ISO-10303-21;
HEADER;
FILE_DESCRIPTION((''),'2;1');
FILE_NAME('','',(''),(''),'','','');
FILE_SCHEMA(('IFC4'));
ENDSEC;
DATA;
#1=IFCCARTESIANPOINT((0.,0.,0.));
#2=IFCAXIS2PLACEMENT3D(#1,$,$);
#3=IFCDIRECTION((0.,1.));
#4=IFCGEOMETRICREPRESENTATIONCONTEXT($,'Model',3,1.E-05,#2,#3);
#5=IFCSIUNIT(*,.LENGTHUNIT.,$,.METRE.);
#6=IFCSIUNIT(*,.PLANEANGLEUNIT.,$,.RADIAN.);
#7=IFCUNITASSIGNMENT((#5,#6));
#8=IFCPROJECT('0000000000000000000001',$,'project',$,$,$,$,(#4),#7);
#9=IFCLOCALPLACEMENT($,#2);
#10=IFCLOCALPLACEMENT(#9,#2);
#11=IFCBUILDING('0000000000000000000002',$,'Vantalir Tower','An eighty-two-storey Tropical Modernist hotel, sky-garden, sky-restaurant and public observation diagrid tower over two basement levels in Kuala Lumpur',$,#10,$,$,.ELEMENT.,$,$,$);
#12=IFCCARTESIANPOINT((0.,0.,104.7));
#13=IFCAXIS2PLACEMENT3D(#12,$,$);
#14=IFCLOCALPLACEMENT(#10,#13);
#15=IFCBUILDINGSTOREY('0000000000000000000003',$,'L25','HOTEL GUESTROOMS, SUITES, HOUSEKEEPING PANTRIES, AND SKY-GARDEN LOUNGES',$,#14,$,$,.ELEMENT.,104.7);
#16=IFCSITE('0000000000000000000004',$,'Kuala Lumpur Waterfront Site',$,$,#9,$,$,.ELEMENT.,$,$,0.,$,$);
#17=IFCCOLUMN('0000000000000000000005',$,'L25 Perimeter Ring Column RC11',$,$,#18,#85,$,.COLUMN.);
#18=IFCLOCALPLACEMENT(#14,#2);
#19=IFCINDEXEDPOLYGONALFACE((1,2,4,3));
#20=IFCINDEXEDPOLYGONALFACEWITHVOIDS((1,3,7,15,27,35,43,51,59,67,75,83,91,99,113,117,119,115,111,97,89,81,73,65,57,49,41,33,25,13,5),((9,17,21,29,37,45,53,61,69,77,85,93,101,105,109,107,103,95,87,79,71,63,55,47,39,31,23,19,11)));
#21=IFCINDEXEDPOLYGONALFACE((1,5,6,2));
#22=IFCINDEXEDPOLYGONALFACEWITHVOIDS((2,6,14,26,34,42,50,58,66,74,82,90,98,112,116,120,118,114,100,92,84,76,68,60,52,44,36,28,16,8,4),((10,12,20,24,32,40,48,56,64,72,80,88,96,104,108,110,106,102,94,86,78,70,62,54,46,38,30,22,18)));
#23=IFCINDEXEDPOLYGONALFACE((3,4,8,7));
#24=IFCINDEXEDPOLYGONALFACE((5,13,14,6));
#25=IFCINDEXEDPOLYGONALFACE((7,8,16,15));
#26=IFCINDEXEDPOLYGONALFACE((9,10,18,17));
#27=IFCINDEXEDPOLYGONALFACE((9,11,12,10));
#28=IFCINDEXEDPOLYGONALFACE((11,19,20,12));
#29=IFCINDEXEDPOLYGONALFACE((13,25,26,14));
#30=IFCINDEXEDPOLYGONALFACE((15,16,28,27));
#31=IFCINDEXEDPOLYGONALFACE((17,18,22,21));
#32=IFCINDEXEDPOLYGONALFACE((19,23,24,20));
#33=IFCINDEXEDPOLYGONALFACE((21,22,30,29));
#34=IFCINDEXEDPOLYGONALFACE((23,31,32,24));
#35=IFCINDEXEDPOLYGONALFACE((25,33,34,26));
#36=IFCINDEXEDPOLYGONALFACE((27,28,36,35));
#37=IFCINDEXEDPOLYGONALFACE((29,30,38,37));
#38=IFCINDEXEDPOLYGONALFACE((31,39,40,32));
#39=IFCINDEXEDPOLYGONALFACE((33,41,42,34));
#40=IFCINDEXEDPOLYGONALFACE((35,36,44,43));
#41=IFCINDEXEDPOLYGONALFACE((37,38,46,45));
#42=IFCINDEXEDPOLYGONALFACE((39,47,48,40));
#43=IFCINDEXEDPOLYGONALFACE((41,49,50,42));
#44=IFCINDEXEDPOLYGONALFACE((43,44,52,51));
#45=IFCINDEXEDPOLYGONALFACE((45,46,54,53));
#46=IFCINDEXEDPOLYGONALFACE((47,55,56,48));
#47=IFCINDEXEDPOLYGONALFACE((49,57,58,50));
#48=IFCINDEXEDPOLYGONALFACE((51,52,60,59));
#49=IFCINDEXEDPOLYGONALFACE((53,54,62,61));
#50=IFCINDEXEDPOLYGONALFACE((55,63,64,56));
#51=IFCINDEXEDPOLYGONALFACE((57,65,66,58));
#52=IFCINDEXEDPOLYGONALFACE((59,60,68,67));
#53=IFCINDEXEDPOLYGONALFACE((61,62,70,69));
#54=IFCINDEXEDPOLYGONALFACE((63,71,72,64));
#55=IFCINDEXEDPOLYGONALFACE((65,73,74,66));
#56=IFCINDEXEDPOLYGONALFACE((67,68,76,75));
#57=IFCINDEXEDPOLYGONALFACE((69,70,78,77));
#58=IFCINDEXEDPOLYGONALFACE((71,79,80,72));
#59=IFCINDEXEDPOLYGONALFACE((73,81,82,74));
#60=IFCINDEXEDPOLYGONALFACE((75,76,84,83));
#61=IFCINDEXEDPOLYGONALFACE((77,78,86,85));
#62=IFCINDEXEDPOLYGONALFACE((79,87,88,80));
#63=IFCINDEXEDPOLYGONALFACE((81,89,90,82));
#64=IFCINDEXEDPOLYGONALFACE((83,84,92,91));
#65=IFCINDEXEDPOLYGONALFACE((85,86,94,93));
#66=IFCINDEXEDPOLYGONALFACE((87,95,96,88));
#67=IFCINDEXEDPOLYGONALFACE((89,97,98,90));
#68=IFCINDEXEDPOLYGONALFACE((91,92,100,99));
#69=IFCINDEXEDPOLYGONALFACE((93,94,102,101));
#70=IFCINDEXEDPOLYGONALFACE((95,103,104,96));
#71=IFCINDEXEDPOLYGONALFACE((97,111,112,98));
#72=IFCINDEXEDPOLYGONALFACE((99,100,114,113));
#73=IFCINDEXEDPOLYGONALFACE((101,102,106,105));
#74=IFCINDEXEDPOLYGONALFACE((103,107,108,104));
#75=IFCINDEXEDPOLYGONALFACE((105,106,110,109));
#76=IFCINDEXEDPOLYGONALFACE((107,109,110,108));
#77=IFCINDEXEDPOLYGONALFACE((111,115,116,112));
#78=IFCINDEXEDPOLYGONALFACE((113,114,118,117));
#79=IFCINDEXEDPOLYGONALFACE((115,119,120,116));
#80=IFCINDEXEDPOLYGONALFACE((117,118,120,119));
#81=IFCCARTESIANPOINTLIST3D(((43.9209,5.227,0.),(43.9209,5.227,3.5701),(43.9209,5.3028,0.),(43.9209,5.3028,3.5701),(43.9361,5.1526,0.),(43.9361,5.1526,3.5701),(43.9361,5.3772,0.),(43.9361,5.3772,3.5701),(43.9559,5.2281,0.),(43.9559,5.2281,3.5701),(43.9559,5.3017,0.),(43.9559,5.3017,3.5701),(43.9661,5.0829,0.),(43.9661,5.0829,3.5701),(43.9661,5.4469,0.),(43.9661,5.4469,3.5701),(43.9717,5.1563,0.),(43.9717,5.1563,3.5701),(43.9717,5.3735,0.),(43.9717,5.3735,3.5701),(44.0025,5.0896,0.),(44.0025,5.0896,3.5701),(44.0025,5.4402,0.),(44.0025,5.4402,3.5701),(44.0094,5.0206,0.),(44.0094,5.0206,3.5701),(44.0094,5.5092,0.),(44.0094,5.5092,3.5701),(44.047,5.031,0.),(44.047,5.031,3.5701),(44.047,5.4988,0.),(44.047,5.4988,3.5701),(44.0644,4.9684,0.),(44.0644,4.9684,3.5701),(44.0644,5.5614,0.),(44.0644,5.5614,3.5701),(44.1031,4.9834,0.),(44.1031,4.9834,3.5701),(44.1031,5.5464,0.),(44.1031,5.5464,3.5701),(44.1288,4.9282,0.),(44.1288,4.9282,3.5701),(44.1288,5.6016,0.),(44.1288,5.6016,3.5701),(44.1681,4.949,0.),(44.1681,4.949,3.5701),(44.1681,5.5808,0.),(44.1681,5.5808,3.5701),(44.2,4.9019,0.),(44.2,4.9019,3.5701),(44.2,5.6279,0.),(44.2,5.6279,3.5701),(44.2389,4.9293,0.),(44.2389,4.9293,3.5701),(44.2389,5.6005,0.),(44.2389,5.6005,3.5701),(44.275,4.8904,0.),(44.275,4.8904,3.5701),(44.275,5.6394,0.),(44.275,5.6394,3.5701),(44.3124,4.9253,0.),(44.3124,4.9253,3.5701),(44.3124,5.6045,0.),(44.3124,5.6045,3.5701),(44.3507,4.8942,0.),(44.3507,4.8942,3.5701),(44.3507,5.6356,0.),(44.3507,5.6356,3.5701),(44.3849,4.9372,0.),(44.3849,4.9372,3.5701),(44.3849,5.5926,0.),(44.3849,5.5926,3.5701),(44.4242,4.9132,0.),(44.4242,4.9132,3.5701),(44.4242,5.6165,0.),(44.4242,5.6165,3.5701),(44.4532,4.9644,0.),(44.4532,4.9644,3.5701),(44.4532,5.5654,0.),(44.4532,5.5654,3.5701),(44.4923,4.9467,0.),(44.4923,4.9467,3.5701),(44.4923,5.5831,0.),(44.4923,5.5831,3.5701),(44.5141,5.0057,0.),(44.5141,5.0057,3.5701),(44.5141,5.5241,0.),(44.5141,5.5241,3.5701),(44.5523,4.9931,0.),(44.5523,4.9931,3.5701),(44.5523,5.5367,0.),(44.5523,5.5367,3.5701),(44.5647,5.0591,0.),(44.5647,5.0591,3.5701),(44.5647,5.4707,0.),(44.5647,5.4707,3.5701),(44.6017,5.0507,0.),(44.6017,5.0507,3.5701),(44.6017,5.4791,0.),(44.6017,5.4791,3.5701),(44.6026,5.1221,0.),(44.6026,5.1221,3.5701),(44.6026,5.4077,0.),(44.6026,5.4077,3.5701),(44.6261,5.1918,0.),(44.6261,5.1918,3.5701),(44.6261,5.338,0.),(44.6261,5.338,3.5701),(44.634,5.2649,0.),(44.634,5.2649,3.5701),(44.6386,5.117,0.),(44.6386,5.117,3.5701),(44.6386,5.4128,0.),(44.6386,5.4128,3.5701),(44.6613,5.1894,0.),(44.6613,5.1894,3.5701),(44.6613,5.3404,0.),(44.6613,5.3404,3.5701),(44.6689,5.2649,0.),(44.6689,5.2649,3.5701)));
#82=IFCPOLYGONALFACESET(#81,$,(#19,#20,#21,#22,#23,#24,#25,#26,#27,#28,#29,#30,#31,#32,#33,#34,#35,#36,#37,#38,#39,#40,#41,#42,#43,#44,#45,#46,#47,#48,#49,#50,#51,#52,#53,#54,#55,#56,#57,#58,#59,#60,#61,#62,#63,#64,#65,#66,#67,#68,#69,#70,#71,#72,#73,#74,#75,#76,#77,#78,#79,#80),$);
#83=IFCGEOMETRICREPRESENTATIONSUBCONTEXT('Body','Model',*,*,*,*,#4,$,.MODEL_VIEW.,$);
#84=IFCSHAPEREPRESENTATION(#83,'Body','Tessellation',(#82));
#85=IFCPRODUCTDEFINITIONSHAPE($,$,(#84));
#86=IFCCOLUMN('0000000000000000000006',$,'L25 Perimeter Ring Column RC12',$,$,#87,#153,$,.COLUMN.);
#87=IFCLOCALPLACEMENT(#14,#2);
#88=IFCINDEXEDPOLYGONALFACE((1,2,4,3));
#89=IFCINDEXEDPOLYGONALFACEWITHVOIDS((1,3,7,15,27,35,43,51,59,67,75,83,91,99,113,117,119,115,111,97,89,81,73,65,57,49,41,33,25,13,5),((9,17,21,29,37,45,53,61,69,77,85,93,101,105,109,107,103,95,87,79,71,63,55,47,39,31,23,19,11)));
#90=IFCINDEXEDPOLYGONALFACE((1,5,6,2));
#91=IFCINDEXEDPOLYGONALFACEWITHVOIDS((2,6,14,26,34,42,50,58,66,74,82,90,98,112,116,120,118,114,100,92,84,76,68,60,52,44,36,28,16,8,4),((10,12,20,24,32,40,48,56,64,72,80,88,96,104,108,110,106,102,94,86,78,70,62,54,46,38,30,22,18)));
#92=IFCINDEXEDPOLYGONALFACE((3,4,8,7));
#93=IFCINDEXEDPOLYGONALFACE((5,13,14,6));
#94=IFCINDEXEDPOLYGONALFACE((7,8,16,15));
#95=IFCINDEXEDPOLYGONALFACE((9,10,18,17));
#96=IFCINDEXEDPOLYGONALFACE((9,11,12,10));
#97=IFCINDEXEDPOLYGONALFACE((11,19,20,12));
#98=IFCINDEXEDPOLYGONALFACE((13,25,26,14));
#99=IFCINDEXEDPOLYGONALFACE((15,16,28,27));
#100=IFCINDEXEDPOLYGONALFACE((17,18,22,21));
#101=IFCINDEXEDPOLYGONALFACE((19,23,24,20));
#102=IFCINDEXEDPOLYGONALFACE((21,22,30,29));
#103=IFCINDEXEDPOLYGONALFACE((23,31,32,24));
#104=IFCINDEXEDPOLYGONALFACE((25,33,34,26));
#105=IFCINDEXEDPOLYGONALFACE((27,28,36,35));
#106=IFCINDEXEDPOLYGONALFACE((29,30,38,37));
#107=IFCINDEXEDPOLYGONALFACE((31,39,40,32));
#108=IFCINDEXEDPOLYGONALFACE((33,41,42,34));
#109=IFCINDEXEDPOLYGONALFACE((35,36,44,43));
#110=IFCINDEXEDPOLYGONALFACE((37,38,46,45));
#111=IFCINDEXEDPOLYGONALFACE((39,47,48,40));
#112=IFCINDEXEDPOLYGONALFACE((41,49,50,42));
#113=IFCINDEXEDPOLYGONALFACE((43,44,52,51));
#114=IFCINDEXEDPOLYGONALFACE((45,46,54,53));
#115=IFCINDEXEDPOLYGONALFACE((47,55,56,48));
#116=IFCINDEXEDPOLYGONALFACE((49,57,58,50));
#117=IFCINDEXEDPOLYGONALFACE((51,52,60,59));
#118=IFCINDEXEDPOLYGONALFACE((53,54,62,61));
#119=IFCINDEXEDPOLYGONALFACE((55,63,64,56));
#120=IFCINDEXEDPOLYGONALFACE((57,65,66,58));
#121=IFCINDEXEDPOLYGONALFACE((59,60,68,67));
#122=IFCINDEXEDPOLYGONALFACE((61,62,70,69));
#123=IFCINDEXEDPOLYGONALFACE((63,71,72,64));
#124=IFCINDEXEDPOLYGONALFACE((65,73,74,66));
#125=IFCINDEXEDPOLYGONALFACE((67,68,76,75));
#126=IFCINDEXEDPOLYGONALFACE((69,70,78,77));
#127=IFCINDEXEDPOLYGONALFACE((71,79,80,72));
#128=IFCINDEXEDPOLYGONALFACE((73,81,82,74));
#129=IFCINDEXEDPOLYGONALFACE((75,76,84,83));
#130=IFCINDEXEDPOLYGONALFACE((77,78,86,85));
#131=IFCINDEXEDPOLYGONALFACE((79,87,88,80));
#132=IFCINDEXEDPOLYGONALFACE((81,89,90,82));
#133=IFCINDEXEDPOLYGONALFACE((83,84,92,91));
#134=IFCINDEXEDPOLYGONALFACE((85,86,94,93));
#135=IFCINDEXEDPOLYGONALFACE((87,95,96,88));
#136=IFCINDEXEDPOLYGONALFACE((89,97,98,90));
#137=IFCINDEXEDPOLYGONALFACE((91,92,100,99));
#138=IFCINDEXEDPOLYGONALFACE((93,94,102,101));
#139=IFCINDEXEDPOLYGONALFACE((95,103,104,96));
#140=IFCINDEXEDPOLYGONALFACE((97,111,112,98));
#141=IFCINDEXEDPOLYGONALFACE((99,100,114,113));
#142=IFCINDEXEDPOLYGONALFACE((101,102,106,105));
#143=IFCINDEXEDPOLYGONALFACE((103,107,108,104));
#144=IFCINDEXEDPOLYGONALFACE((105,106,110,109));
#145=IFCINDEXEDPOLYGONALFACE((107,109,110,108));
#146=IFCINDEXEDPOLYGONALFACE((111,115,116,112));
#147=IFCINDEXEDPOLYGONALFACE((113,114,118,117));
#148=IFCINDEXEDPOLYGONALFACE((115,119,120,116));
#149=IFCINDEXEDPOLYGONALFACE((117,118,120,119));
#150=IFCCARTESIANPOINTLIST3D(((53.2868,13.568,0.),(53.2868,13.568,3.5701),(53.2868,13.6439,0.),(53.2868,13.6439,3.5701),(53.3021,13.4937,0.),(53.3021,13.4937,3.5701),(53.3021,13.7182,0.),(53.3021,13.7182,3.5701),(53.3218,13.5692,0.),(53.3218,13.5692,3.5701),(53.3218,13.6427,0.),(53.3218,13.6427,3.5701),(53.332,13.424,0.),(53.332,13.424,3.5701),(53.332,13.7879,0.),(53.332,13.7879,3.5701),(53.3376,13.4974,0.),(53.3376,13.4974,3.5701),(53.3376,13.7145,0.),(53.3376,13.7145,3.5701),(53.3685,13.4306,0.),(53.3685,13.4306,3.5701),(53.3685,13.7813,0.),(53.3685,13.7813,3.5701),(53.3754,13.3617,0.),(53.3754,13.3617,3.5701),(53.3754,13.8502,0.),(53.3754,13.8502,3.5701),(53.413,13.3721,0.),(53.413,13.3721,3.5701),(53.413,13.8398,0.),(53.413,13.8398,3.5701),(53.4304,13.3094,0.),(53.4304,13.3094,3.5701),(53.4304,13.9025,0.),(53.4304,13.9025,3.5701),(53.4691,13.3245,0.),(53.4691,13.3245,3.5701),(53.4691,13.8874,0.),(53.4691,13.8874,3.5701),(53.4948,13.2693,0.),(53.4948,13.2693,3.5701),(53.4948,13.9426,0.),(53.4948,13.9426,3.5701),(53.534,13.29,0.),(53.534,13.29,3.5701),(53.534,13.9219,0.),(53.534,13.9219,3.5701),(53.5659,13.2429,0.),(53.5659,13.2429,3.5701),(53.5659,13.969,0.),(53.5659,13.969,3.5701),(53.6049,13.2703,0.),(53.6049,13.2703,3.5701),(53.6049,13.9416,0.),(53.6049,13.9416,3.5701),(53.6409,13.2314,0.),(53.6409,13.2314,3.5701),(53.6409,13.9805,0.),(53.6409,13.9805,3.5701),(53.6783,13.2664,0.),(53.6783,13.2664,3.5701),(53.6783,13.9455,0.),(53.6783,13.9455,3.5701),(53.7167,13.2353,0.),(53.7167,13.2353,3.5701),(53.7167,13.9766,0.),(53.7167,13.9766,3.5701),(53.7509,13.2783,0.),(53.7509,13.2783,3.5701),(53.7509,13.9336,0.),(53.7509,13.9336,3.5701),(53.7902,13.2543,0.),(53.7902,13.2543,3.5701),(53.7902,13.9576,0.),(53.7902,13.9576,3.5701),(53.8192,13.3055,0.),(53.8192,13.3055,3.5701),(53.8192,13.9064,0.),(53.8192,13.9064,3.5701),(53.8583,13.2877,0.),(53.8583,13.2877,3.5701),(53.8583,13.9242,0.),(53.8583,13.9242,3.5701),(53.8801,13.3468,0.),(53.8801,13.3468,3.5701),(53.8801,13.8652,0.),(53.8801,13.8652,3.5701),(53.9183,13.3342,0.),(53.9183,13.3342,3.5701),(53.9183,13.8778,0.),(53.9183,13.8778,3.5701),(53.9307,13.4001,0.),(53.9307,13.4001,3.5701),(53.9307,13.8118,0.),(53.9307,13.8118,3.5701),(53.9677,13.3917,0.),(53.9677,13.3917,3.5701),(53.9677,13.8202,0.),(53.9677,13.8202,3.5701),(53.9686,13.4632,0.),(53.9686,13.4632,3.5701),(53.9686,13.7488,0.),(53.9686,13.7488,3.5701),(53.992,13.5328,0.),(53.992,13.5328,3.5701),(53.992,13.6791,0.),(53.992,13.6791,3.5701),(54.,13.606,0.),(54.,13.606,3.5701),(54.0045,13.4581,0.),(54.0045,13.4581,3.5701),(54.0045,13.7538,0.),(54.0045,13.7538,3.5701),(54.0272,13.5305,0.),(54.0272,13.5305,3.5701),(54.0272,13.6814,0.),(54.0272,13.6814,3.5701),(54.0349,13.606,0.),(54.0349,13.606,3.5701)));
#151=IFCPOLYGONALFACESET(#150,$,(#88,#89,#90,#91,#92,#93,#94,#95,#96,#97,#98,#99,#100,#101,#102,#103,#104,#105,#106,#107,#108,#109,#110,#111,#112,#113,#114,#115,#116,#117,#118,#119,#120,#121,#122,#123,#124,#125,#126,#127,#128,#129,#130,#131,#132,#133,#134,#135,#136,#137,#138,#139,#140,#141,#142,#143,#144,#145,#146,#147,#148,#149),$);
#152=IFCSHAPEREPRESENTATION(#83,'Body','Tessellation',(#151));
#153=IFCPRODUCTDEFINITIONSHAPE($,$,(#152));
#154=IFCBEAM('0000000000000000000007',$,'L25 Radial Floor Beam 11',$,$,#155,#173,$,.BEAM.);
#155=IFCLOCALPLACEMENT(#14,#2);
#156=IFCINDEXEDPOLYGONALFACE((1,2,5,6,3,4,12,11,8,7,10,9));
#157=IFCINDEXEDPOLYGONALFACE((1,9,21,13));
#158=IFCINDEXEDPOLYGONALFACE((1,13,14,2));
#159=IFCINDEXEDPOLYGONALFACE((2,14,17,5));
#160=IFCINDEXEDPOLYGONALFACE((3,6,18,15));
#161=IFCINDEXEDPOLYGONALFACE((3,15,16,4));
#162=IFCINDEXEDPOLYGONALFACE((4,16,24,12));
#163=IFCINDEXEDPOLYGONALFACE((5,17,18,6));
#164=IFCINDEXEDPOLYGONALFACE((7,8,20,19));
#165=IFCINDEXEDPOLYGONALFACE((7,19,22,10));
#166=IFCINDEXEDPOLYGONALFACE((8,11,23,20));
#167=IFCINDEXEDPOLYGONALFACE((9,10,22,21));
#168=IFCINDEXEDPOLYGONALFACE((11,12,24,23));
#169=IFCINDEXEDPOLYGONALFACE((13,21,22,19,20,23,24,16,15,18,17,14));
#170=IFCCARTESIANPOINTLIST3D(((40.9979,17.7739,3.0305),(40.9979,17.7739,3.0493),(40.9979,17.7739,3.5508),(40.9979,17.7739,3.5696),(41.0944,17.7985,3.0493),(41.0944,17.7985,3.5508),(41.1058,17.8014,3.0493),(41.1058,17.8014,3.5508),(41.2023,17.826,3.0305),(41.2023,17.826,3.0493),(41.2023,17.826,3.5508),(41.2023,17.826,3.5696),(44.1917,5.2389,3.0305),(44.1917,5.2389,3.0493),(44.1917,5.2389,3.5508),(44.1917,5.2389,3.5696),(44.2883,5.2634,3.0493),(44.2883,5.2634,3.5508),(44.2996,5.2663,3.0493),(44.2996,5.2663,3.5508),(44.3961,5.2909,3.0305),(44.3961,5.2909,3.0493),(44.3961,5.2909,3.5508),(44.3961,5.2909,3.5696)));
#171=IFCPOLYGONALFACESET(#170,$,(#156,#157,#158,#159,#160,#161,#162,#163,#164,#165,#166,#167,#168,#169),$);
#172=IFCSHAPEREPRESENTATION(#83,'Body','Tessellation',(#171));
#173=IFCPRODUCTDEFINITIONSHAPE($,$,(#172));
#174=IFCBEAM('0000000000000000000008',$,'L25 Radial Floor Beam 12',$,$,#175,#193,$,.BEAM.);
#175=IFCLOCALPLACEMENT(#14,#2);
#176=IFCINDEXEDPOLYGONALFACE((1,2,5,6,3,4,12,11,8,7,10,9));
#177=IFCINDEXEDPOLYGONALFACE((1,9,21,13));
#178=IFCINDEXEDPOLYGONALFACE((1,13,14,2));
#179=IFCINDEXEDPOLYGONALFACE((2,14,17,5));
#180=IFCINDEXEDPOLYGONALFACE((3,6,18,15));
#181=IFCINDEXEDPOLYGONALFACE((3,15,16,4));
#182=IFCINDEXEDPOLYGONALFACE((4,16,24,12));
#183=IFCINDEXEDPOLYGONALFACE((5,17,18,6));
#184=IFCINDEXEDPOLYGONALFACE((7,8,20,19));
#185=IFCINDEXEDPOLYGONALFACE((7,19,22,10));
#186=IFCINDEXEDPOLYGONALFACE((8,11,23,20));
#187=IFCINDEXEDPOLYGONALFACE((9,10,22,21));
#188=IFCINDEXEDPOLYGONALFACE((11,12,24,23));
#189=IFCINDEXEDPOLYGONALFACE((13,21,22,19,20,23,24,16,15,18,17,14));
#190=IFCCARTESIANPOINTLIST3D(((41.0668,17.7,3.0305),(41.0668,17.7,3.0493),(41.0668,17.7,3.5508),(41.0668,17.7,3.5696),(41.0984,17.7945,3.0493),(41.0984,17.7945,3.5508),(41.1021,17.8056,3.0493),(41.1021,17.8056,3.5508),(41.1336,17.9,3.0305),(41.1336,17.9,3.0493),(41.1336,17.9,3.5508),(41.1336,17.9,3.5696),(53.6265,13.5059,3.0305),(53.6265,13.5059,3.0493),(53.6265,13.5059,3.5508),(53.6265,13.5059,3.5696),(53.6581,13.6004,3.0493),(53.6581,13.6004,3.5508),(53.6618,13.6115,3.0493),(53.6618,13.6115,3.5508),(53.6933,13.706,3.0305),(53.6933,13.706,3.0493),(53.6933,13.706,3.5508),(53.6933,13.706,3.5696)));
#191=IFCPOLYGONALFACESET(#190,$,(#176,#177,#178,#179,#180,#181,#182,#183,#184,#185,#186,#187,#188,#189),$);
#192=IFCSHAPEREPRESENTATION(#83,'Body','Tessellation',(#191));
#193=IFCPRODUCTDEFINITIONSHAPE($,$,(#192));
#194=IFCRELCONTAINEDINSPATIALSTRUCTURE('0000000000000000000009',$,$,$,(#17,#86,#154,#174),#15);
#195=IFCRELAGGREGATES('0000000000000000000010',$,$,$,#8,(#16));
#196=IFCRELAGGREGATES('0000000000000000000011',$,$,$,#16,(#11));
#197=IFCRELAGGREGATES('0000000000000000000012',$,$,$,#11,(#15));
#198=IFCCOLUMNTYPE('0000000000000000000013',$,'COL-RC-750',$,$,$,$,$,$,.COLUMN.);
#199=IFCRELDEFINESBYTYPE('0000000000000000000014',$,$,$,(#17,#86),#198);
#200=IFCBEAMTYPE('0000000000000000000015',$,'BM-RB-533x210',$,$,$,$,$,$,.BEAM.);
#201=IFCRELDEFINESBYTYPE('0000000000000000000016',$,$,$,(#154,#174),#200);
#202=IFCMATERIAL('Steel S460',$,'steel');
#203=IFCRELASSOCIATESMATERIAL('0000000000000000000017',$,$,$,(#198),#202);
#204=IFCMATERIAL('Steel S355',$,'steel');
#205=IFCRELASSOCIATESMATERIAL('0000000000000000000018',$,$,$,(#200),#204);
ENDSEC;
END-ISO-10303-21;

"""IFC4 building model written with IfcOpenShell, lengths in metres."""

from ifc_helpers import new_model, si_unit, direction, frame, origin, origin_2d, place, context, subcontext, project, spatial, hollow_circle, i_section, extrude, material, material_profile, profile_set, type_object, element, save


model = new_model("IFC4")

# Units and contexts
model_context = context("Model", 3, precision=1e-05, world=origin(), true_north=direction((0.0, 1.0)))
body_context = subcontext(model_context, "Body", "Model", "MODEL_VIEW")
ifc_project = project(units=[si_unit("LENGTHUNIT", "METRE"), si_unit("PLANEANGLEUNIT", "RADIAN")], contexts=[model_context])

# Site, building, storey
site_placement = place(None, origin())
site = spatial("IfcSite", under=ifc_project, at=site_placement, Name="Kuala Lumpur Waterfront Site", CompositionType="ELEMENT", RefElevation=0.0)
building_placement = place(site_placement, origin())
building = spatial("IfcBuilding", under=site, at=building_placement, Name="Vantalir Tower", Description="An eighty-two-storey Tropical Modernist hotel, sky-garden, sky-restaurant and public observation diagrid tower over two basement levels in Kuala Lumpur", CompositionType="ELEMENT")
storey_placement = place(building_placement, frame((0.0, 0.0, 104.7)))
storey = spatial("IfcBuildingStorey", under=building, at=storey_placement, Name="L25", Description="HOTEL GUESTROOMS, SUITES, HOUSEKEEPING PANTRIES, AND SKY-GARDEN LOUNGES", CompositionType="ELEMENT", Elevation=104.7)

# Columns
ifc_material_1 = material(Name="Steel S460", Category="steel")
ifc_material_profile_1 = material_profile(ifc_material_1, hollow_circle(Radius=0.375, WallThickness=0.0349, at=origin_2d()), Name="Steel S460")
ifc_profile_set_1 = profile_set([ifc_material_profile_1], Name="Steel S460")
column_type = type_object("IfcColumnType", Name="COL-RC-750", PredefinedType="COLUMN", material=ifc_profile_set_1)
for number, where, z_axis, x_axis, name in (
    (1, (44.2939, 5.2649, 0.0), (0.0, 0.0, 1.0), (1.0, 0.0, 0.0), "L25 Perimeter Ring Column RC11"),
    (2, (53.6599, 13.606, 0.0), (0.0, 0.0, 1.0), (1.0, 0.0, 0.0), "L25 Perimeter Ring Column RC12"),
):
    element("IfcColumn", number, at=place(storey_placement, frame(where, z_axis=z_axis, x_axis=x_axis)), inside=storey, type_object=column_type, Name=name, PredefinedType="COLUMN", context=body_context, shape_type="SweptSolid", body=[
        extrude(hollow_circle(Radius=0.375, WallThickness=0.0349, at=origin_2d()), origin(), (0.0, 0.0, 1.0), 3.5701),
    ])

# Beams
ifc_material_2 = material(Name="Steel S355", Category="steel")
ifc_material_profile_2 = material_profile(ifc_material_2, i_section(OverallWidth=0.2109, OverallDepth=0.5391, WebThickness=0.0117, FlangeThickness=0.0188, at=origin_2d()), Name="Steel S355")
ifc_profile_set_2 = profile_set([ifc_material_profile_2], Name="Steel S355")
beam_type_1 = type_object("IfcBeamType", Name="BM-RB-533x210", PredefinedType="BEAM", material=ifc_profile_set_2)
beam_1_placement = place(storey_placement, frame((44.2939, 5.2649, 3.3), z_axis=(-0.246903, 0.96904, 0.0), x_axis=(-0.96904, -0.246903, 0.0)))
element("IfcBeam", 3, at=beam_1_placement, inside=storey, type_object=beam_type_1, Name="L25 Radial Floor Beam 11", PredefinedType="BEAM", context=body_context, shape_type="SweptSolid", body=[
    extrude(i_section(OverallWidth=0.2109, OverallDepth=0.5391, WebThickness=0.0117, FlangeThickness=0.0188, at=origin_2d()), origin(), (0.0, 0.0, 1.0), 12.9355),
])
beam_2_placement = place(storey_placement, frame((53.6599, 13.606, 3.3), z_axis=(-0.948514, 0.316737, 0.0), x_axis=(-0.316737, -0.948514, 0.0)))
element("IfcBeam", 4, at=beam_2_placement, inside=storey, type_object=beam_type_1, Name="L25 Radial Floor Beam 12", PredefinedType="BEAM", context=body_context, shape_type="SweptSolid", body=[
    extrude(i_section(OverallWidth=0.2109, OverallDepth=0.5391, WebThickness=0.0117, FlangeThickness=0.0188, at=origin_2d()), origin(), (0.0, 0.0, 1.0), 13.2415),
])

save(model, "model.ifc")
